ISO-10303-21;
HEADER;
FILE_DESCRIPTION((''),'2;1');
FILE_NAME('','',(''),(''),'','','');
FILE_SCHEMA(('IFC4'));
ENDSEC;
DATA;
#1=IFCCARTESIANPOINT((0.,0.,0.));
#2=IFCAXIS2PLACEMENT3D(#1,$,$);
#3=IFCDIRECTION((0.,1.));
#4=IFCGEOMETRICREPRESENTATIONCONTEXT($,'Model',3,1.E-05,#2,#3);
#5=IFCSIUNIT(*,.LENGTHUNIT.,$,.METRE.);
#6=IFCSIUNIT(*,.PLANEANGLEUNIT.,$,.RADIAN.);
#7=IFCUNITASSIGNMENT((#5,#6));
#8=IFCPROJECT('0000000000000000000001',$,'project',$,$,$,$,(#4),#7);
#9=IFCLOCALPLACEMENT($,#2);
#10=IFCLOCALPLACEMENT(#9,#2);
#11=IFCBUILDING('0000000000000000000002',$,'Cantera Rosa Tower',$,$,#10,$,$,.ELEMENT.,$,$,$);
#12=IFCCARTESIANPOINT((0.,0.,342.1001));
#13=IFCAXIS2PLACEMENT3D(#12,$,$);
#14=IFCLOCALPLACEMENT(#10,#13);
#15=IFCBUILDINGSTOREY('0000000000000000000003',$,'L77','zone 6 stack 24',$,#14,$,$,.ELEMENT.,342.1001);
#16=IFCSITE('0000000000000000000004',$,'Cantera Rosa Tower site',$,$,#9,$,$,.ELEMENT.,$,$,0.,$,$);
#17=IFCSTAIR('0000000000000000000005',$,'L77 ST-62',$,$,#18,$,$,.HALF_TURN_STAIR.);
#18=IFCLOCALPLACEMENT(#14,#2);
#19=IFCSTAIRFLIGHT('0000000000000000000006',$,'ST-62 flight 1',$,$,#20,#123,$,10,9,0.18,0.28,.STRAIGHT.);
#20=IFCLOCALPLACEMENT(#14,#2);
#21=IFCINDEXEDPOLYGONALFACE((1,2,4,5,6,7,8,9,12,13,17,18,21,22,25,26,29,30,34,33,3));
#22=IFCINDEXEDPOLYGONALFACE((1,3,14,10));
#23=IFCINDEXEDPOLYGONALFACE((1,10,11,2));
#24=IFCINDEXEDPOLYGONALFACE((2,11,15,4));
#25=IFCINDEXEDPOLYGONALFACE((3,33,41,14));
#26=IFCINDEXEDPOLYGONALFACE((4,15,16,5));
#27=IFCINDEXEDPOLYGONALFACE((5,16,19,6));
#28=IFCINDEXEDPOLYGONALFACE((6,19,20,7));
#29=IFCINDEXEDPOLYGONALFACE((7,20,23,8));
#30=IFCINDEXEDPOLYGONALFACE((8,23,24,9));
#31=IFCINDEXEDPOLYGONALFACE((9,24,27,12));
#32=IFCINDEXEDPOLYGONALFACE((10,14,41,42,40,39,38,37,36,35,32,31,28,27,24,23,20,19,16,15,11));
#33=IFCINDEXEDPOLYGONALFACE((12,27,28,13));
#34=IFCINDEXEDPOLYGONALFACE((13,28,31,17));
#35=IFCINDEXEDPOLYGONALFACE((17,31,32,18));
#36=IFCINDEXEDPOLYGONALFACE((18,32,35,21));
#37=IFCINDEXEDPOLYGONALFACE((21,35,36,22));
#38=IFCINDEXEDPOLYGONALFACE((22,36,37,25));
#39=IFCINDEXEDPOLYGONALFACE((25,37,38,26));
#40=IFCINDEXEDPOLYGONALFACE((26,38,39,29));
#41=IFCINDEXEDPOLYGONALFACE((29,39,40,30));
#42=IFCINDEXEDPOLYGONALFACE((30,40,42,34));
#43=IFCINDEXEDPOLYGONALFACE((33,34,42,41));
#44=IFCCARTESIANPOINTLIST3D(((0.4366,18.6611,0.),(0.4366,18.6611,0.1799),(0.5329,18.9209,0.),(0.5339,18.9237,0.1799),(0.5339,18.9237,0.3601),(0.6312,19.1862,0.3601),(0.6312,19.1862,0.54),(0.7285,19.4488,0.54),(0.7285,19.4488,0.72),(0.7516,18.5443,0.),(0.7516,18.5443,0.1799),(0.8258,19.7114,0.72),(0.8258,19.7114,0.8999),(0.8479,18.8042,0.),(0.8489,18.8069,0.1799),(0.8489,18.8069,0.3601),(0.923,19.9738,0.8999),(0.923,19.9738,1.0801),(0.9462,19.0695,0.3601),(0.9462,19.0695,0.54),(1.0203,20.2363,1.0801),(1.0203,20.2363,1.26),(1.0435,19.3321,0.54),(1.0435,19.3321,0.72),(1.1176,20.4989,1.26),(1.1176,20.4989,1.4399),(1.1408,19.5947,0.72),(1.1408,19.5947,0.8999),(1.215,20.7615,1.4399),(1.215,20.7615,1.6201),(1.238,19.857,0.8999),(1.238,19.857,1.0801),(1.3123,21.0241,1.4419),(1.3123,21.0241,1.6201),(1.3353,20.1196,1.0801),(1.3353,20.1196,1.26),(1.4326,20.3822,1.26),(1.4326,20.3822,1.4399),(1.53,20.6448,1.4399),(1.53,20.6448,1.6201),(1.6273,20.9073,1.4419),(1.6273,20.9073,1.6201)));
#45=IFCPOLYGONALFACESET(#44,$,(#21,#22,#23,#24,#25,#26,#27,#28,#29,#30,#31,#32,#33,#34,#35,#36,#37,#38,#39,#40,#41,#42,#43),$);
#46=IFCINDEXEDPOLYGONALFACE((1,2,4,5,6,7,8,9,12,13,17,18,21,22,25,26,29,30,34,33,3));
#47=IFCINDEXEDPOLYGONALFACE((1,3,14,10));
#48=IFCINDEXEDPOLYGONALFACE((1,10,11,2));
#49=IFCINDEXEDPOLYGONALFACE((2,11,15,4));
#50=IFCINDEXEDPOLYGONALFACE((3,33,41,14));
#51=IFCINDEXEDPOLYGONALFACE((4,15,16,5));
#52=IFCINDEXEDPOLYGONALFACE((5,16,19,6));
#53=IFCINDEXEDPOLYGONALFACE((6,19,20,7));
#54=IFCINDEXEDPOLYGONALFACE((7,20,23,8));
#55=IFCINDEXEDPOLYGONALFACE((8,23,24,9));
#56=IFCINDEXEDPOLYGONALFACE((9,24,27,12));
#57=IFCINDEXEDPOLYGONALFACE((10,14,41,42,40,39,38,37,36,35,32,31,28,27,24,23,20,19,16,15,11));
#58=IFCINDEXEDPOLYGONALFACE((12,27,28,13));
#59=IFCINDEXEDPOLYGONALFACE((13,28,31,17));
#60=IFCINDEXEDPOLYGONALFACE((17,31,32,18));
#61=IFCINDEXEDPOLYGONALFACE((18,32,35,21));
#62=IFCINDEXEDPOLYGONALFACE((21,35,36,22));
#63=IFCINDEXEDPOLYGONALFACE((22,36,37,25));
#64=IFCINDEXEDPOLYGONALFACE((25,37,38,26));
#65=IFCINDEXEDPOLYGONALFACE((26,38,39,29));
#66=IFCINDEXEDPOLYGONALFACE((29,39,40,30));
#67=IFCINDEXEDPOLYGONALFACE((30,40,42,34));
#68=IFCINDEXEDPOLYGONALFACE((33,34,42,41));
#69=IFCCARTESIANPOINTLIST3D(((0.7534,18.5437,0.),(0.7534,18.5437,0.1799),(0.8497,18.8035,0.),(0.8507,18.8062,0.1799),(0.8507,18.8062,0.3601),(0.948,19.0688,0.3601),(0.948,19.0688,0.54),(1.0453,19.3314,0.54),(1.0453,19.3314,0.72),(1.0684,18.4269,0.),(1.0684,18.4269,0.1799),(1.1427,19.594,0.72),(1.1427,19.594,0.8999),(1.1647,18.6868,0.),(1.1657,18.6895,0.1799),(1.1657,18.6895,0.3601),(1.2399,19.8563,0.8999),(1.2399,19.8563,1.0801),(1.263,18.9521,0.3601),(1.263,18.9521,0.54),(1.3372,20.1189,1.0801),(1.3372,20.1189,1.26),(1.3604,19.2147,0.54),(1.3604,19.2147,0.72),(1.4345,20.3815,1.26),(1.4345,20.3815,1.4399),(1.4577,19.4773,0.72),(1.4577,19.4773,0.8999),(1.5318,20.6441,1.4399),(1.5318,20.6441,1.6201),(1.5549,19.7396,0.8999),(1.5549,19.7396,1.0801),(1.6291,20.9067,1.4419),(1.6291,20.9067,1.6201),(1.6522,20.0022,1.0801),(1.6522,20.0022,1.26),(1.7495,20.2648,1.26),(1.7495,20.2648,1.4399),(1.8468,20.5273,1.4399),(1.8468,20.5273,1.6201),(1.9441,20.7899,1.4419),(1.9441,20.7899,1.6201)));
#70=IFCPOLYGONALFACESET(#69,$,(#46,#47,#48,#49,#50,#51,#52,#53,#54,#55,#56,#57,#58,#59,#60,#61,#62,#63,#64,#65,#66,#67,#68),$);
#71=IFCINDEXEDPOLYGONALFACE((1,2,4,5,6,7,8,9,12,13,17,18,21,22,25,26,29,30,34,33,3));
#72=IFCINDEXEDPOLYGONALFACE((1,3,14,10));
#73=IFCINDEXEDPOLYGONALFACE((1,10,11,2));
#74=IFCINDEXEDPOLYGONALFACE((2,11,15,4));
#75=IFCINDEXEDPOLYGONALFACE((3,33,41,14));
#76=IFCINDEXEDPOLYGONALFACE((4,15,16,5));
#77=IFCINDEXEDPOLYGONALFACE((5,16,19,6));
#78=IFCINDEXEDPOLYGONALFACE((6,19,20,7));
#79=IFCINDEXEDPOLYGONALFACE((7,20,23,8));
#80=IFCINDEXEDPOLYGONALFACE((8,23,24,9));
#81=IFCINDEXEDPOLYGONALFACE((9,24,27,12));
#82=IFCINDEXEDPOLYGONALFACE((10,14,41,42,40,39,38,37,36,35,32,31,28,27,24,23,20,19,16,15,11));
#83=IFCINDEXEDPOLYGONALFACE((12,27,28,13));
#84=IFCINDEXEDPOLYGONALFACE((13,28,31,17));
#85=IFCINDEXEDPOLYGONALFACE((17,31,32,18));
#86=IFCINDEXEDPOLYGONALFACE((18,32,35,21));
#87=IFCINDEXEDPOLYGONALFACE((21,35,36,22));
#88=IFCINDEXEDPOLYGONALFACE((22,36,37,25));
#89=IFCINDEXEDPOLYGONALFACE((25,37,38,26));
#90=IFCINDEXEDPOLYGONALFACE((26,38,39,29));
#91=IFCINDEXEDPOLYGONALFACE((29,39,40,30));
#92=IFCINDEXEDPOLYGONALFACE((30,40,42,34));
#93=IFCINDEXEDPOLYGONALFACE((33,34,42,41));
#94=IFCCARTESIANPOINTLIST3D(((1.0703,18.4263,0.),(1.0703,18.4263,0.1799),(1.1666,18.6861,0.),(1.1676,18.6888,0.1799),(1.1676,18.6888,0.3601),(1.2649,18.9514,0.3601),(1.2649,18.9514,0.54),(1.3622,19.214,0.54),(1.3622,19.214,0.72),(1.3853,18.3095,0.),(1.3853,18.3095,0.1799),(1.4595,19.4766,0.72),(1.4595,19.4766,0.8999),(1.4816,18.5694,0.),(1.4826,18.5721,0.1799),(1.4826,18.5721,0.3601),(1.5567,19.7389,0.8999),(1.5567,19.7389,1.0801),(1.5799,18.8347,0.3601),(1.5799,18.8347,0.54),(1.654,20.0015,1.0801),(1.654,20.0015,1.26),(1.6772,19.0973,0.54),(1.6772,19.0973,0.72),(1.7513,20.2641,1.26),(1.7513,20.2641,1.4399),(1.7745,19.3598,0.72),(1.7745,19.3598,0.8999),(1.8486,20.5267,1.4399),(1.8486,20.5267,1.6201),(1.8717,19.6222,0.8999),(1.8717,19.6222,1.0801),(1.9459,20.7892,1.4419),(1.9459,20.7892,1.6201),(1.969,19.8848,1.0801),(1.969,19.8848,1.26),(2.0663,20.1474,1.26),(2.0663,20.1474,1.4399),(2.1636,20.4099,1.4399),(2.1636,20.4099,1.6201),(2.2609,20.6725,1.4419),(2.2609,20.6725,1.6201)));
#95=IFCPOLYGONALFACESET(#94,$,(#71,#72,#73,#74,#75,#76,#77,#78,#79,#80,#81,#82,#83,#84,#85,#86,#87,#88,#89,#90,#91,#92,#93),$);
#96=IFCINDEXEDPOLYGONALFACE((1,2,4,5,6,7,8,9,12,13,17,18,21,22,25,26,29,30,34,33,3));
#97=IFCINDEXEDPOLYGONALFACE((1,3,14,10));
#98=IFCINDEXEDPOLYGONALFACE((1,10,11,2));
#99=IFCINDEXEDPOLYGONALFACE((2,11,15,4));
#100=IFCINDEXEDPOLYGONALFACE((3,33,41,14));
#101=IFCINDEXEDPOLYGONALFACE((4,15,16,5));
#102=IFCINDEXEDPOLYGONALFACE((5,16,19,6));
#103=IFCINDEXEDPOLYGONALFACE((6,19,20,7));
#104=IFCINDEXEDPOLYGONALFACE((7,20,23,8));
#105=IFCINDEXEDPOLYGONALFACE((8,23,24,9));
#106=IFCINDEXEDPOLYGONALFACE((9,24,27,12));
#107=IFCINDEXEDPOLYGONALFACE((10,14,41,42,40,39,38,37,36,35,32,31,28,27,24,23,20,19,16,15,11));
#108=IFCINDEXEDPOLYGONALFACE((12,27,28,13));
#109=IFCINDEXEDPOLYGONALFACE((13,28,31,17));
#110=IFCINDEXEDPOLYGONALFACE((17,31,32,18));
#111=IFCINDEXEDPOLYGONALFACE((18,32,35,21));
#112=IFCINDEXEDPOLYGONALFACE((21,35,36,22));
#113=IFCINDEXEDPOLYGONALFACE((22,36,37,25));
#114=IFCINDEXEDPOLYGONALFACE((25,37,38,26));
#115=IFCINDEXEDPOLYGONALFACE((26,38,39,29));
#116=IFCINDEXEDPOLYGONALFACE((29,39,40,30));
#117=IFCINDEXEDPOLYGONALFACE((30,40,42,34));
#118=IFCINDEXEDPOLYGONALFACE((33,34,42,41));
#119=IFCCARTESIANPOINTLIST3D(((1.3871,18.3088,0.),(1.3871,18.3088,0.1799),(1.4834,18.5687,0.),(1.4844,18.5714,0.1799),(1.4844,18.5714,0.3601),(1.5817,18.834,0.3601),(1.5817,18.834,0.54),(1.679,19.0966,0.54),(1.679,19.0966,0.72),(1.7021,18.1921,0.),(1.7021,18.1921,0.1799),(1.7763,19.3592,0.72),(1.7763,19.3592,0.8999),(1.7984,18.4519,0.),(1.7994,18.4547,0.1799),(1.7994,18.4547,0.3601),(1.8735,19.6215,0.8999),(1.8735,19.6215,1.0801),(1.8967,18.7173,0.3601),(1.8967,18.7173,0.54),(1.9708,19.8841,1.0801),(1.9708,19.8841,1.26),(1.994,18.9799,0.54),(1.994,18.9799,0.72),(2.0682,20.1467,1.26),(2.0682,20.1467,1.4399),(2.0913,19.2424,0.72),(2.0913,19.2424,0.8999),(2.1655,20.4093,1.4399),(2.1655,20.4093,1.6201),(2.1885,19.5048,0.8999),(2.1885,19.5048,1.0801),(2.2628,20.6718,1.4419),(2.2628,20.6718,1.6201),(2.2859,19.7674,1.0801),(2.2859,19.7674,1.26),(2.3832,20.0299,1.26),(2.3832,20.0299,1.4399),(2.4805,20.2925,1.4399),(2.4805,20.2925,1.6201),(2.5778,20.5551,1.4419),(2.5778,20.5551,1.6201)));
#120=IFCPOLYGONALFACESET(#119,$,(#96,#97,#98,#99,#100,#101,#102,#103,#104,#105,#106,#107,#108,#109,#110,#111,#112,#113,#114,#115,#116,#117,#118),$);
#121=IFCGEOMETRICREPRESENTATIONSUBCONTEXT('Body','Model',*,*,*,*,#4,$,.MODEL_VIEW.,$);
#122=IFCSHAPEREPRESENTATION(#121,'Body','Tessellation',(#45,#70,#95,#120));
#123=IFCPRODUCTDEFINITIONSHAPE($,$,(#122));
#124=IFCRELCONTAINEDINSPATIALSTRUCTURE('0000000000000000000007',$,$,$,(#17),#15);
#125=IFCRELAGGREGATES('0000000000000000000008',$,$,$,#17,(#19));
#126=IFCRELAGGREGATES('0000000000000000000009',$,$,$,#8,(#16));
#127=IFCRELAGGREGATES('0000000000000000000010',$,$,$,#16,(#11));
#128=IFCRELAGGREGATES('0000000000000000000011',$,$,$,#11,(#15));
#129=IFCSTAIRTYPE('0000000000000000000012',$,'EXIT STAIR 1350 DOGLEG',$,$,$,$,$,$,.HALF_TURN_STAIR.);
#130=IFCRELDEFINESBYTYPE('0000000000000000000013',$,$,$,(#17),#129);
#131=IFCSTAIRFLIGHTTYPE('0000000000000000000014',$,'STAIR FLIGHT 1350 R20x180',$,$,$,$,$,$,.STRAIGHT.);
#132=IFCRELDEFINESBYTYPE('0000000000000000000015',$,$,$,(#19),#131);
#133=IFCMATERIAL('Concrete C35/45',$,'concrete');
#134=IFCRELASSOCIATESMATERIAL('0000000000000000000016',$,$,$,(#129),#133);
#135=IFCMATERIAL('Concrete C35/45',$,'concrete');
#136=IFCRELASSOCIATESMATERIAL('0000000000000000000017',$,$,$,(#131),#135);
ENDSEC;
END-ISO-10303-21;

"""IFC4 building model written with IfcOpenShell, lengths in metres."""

from ifc_helpers import new_model, si_unit, direction, frame, origin, place, context, subcontext, project, spatial, polyline, outline, extrude, material, type_object, element, aggregate, save


model = new_model("IFC4")

# Units and contexts
model_context = context("Model", 3, precision=1e-05, world=origin(), true_north=direction((0.0, 1.0)))
body_context = subcontext(model_context, "Body", "Model", "MODEL_VIEW")
ifc_project = project(units=[si_unit("LENGTHUNIT", "METRE"), si_unit("PLANEANGLEUNIT", "RADIAN")], contexts=[model_context])

# Site, building, storey
site_placement = place(None, origin())
site = spatial("IfcSite", under=ifc_project, at=site_placement, Name="Cantera Rosa Tower site", CompositionType="ELEMENT", RefElevation=0.0)
building_placement = place(site_placement, origin())
building = spatial("IfcBuilding", under=site, at=building_placement, Name="Cantera Rosa Tower", CompositionType="ELEMENT")
storey_placement = place(building_placement, frame((0.0, 0.0, 342.1001)))
storey = spatial("IfcBuildingStorey", under=building, at=storey_placement, Name="L77", Description="zone 6 stack 24", CompositionType="ELEMENT", Elevation=342.1001)

# Stair, stair flight
ifc_material_1 = material(Name="Concrete C35/45", Category="concrete")
stair_type = type_object("IfcStairType", Name="EXIT STAIR 1350 DOGLEG", PredefinedType="HALF_TURN_STAIR", material=ifc_material_1)
stair_placement = place(storey_placement, origin())
stair = element("IfcStair", 1, at=stair_placement, inside=storey, type_object=stair_type, Name="L77 ST-62", PredefinedType="HALF_TURN_STAIR")
ifc_material_2 = material(Name="Concrete C35/45", Category="concrete")
stair_flight_type = type_object("IfcStairFlightType", Name="STAIR FLIGHT 1350 R20x180", PredefinedType="STRAIGHT", material=ifc_material_2)
stair_flight_placement = place(storey_placement, frame((1.0696, 18.4265, 0.0), z_axis=(0.0, 0.0, 1.0), x_axis=(0.347481, 0.937687, 0.0)))
stair_flight = element("IfcStairFlight", 2, at=stair_flight_placement, type_object=stair_flight_type, Name="ST-62 flight 1", NumberOfRisers=10, NumberOfTreads=9, PredefinedType="STRAIGHT", RiserHeight=0.18, TreadLength=0.28, context=body_context, shape_type="SweptSolid", body=[
    extrude(outline(polyline([(0.0, 0.0), (0.0, 0.1799), (0.28, 0.1799), (0.28, 0.3601), (0.5601, 0.3601), (0.5601, 0.54), (0.8401, 0.54), (0.8401, 0.72), (1.1201, 0.72), (1.1201, 0.8999), (1.3999, 0.8999), (1.3999, 1.0801), (1.6799, 1.0801), (1.6799, 1.26), (1.96, 1.26), (1.96, 1.4399), (2.24, 1.4399), (2.24, 1.6201), (2.52, 1.6201), (2.52, 1.8), (2.52, 1.4419), (0.2771, 0.0), (0.0, 0.0)])), frame((0.0, 0.675, 0.0), z_axis=(0.0, -1.0, 0.0), x_axis=(1.0, 0.0, 0.0)), (0.0, 0.0, 1.0), 0.3359),
    extrude(outline(polyline([(0.0, 0.0), (0.0, 0.1799), (0.28, 0.1799), (0.28, 0.3601), (0.5601, 0.3601), (0.5601, 0.54), (0.8401, 0.54), (0.8401, 0.72), (1.1201, 0.72), (1.1201, 0.8999), (1.3999, 0.8999), (1.3999, 1.0801), (1.6799, 1.0801), (1.6799, 1.26), (1.96, 1.26), (1.96, 1.4399), (2.24, 1.4399), (2.24, 1.6201), (2.52, 1.6201), (2.52, 1.8), (2.52, 1.4419), (0.2771, 0.0), (0.0, 0.0)])), frame((0.0, 0.3372, 0.0), z_axis=(0.0, -1.0, 0.0), x_axis=(1.0, 0.0, 0.0)), (0.0, 0.0, 1.0), 0.3359),
    extrude(outline(polyline([(0.0, 0.0), (0.0, 0.1799), (0.28, 0.1799), (0.28, 0.3601), (0.5601, 0.3601), (0.5601, 0.54), (0.8401, 0.54), (0.8401, 0.72), (1.1201, 0.72), (1.1201, 0.8999), (1.3999, 0.8999), (1.3999, 1.0801), (1.6799, 1.0801), (1.6799, 1.26), (1.96, 1.26), (1.96, 1.4399), (2.24, 1.4399), (2.24, 1.6201), (2.52, 1.6201), (2.52, 1.8), (2.52, 1.4419), (0.2771, 0.0), (0.0, 0.0)])), frame((0.0, -0.0007, 0.0), z_axis=(0.0, -1.0, 0.0), x_axis=(1.0, 0.0, 0.0)), (0.0, 0.0, 1.0), 0.3359),
    extrude(outline(polyline([(0.0, 0.0), (0.0, 0.1799), (0.28, 0.1799), (0.28, 0.3601), (0.5601, 0.3601), (0.5601, 0.54), (0.8401, 0.54), (0.8401, 0.72), (1.1201, 0.72), (1.1201, 0.8999), (1.3999, 0.8999), (1.3999, 1.0801), (1.6799, 1.0801), (1.6799, 1.26), (1.96, 1.26), (1.96, 1.4399), (2.24, 1.4399), (2.24, 1.6201), (2.52, 1.6201), (2.52, 1.8), (2.52, 1.4419), (0.2771, 0.0), (0.0, 0.0)])), frame((0.0, -0.3386, 0.0), z_axis=(0.0, -1.0, 0.0), x_axis=(1.0, 0.0, 0.0)), (0.0, 0.0, 1.0), 0.3359),
])
aggregate(stair, [stair_flight])

save(model, "model.ifc")
